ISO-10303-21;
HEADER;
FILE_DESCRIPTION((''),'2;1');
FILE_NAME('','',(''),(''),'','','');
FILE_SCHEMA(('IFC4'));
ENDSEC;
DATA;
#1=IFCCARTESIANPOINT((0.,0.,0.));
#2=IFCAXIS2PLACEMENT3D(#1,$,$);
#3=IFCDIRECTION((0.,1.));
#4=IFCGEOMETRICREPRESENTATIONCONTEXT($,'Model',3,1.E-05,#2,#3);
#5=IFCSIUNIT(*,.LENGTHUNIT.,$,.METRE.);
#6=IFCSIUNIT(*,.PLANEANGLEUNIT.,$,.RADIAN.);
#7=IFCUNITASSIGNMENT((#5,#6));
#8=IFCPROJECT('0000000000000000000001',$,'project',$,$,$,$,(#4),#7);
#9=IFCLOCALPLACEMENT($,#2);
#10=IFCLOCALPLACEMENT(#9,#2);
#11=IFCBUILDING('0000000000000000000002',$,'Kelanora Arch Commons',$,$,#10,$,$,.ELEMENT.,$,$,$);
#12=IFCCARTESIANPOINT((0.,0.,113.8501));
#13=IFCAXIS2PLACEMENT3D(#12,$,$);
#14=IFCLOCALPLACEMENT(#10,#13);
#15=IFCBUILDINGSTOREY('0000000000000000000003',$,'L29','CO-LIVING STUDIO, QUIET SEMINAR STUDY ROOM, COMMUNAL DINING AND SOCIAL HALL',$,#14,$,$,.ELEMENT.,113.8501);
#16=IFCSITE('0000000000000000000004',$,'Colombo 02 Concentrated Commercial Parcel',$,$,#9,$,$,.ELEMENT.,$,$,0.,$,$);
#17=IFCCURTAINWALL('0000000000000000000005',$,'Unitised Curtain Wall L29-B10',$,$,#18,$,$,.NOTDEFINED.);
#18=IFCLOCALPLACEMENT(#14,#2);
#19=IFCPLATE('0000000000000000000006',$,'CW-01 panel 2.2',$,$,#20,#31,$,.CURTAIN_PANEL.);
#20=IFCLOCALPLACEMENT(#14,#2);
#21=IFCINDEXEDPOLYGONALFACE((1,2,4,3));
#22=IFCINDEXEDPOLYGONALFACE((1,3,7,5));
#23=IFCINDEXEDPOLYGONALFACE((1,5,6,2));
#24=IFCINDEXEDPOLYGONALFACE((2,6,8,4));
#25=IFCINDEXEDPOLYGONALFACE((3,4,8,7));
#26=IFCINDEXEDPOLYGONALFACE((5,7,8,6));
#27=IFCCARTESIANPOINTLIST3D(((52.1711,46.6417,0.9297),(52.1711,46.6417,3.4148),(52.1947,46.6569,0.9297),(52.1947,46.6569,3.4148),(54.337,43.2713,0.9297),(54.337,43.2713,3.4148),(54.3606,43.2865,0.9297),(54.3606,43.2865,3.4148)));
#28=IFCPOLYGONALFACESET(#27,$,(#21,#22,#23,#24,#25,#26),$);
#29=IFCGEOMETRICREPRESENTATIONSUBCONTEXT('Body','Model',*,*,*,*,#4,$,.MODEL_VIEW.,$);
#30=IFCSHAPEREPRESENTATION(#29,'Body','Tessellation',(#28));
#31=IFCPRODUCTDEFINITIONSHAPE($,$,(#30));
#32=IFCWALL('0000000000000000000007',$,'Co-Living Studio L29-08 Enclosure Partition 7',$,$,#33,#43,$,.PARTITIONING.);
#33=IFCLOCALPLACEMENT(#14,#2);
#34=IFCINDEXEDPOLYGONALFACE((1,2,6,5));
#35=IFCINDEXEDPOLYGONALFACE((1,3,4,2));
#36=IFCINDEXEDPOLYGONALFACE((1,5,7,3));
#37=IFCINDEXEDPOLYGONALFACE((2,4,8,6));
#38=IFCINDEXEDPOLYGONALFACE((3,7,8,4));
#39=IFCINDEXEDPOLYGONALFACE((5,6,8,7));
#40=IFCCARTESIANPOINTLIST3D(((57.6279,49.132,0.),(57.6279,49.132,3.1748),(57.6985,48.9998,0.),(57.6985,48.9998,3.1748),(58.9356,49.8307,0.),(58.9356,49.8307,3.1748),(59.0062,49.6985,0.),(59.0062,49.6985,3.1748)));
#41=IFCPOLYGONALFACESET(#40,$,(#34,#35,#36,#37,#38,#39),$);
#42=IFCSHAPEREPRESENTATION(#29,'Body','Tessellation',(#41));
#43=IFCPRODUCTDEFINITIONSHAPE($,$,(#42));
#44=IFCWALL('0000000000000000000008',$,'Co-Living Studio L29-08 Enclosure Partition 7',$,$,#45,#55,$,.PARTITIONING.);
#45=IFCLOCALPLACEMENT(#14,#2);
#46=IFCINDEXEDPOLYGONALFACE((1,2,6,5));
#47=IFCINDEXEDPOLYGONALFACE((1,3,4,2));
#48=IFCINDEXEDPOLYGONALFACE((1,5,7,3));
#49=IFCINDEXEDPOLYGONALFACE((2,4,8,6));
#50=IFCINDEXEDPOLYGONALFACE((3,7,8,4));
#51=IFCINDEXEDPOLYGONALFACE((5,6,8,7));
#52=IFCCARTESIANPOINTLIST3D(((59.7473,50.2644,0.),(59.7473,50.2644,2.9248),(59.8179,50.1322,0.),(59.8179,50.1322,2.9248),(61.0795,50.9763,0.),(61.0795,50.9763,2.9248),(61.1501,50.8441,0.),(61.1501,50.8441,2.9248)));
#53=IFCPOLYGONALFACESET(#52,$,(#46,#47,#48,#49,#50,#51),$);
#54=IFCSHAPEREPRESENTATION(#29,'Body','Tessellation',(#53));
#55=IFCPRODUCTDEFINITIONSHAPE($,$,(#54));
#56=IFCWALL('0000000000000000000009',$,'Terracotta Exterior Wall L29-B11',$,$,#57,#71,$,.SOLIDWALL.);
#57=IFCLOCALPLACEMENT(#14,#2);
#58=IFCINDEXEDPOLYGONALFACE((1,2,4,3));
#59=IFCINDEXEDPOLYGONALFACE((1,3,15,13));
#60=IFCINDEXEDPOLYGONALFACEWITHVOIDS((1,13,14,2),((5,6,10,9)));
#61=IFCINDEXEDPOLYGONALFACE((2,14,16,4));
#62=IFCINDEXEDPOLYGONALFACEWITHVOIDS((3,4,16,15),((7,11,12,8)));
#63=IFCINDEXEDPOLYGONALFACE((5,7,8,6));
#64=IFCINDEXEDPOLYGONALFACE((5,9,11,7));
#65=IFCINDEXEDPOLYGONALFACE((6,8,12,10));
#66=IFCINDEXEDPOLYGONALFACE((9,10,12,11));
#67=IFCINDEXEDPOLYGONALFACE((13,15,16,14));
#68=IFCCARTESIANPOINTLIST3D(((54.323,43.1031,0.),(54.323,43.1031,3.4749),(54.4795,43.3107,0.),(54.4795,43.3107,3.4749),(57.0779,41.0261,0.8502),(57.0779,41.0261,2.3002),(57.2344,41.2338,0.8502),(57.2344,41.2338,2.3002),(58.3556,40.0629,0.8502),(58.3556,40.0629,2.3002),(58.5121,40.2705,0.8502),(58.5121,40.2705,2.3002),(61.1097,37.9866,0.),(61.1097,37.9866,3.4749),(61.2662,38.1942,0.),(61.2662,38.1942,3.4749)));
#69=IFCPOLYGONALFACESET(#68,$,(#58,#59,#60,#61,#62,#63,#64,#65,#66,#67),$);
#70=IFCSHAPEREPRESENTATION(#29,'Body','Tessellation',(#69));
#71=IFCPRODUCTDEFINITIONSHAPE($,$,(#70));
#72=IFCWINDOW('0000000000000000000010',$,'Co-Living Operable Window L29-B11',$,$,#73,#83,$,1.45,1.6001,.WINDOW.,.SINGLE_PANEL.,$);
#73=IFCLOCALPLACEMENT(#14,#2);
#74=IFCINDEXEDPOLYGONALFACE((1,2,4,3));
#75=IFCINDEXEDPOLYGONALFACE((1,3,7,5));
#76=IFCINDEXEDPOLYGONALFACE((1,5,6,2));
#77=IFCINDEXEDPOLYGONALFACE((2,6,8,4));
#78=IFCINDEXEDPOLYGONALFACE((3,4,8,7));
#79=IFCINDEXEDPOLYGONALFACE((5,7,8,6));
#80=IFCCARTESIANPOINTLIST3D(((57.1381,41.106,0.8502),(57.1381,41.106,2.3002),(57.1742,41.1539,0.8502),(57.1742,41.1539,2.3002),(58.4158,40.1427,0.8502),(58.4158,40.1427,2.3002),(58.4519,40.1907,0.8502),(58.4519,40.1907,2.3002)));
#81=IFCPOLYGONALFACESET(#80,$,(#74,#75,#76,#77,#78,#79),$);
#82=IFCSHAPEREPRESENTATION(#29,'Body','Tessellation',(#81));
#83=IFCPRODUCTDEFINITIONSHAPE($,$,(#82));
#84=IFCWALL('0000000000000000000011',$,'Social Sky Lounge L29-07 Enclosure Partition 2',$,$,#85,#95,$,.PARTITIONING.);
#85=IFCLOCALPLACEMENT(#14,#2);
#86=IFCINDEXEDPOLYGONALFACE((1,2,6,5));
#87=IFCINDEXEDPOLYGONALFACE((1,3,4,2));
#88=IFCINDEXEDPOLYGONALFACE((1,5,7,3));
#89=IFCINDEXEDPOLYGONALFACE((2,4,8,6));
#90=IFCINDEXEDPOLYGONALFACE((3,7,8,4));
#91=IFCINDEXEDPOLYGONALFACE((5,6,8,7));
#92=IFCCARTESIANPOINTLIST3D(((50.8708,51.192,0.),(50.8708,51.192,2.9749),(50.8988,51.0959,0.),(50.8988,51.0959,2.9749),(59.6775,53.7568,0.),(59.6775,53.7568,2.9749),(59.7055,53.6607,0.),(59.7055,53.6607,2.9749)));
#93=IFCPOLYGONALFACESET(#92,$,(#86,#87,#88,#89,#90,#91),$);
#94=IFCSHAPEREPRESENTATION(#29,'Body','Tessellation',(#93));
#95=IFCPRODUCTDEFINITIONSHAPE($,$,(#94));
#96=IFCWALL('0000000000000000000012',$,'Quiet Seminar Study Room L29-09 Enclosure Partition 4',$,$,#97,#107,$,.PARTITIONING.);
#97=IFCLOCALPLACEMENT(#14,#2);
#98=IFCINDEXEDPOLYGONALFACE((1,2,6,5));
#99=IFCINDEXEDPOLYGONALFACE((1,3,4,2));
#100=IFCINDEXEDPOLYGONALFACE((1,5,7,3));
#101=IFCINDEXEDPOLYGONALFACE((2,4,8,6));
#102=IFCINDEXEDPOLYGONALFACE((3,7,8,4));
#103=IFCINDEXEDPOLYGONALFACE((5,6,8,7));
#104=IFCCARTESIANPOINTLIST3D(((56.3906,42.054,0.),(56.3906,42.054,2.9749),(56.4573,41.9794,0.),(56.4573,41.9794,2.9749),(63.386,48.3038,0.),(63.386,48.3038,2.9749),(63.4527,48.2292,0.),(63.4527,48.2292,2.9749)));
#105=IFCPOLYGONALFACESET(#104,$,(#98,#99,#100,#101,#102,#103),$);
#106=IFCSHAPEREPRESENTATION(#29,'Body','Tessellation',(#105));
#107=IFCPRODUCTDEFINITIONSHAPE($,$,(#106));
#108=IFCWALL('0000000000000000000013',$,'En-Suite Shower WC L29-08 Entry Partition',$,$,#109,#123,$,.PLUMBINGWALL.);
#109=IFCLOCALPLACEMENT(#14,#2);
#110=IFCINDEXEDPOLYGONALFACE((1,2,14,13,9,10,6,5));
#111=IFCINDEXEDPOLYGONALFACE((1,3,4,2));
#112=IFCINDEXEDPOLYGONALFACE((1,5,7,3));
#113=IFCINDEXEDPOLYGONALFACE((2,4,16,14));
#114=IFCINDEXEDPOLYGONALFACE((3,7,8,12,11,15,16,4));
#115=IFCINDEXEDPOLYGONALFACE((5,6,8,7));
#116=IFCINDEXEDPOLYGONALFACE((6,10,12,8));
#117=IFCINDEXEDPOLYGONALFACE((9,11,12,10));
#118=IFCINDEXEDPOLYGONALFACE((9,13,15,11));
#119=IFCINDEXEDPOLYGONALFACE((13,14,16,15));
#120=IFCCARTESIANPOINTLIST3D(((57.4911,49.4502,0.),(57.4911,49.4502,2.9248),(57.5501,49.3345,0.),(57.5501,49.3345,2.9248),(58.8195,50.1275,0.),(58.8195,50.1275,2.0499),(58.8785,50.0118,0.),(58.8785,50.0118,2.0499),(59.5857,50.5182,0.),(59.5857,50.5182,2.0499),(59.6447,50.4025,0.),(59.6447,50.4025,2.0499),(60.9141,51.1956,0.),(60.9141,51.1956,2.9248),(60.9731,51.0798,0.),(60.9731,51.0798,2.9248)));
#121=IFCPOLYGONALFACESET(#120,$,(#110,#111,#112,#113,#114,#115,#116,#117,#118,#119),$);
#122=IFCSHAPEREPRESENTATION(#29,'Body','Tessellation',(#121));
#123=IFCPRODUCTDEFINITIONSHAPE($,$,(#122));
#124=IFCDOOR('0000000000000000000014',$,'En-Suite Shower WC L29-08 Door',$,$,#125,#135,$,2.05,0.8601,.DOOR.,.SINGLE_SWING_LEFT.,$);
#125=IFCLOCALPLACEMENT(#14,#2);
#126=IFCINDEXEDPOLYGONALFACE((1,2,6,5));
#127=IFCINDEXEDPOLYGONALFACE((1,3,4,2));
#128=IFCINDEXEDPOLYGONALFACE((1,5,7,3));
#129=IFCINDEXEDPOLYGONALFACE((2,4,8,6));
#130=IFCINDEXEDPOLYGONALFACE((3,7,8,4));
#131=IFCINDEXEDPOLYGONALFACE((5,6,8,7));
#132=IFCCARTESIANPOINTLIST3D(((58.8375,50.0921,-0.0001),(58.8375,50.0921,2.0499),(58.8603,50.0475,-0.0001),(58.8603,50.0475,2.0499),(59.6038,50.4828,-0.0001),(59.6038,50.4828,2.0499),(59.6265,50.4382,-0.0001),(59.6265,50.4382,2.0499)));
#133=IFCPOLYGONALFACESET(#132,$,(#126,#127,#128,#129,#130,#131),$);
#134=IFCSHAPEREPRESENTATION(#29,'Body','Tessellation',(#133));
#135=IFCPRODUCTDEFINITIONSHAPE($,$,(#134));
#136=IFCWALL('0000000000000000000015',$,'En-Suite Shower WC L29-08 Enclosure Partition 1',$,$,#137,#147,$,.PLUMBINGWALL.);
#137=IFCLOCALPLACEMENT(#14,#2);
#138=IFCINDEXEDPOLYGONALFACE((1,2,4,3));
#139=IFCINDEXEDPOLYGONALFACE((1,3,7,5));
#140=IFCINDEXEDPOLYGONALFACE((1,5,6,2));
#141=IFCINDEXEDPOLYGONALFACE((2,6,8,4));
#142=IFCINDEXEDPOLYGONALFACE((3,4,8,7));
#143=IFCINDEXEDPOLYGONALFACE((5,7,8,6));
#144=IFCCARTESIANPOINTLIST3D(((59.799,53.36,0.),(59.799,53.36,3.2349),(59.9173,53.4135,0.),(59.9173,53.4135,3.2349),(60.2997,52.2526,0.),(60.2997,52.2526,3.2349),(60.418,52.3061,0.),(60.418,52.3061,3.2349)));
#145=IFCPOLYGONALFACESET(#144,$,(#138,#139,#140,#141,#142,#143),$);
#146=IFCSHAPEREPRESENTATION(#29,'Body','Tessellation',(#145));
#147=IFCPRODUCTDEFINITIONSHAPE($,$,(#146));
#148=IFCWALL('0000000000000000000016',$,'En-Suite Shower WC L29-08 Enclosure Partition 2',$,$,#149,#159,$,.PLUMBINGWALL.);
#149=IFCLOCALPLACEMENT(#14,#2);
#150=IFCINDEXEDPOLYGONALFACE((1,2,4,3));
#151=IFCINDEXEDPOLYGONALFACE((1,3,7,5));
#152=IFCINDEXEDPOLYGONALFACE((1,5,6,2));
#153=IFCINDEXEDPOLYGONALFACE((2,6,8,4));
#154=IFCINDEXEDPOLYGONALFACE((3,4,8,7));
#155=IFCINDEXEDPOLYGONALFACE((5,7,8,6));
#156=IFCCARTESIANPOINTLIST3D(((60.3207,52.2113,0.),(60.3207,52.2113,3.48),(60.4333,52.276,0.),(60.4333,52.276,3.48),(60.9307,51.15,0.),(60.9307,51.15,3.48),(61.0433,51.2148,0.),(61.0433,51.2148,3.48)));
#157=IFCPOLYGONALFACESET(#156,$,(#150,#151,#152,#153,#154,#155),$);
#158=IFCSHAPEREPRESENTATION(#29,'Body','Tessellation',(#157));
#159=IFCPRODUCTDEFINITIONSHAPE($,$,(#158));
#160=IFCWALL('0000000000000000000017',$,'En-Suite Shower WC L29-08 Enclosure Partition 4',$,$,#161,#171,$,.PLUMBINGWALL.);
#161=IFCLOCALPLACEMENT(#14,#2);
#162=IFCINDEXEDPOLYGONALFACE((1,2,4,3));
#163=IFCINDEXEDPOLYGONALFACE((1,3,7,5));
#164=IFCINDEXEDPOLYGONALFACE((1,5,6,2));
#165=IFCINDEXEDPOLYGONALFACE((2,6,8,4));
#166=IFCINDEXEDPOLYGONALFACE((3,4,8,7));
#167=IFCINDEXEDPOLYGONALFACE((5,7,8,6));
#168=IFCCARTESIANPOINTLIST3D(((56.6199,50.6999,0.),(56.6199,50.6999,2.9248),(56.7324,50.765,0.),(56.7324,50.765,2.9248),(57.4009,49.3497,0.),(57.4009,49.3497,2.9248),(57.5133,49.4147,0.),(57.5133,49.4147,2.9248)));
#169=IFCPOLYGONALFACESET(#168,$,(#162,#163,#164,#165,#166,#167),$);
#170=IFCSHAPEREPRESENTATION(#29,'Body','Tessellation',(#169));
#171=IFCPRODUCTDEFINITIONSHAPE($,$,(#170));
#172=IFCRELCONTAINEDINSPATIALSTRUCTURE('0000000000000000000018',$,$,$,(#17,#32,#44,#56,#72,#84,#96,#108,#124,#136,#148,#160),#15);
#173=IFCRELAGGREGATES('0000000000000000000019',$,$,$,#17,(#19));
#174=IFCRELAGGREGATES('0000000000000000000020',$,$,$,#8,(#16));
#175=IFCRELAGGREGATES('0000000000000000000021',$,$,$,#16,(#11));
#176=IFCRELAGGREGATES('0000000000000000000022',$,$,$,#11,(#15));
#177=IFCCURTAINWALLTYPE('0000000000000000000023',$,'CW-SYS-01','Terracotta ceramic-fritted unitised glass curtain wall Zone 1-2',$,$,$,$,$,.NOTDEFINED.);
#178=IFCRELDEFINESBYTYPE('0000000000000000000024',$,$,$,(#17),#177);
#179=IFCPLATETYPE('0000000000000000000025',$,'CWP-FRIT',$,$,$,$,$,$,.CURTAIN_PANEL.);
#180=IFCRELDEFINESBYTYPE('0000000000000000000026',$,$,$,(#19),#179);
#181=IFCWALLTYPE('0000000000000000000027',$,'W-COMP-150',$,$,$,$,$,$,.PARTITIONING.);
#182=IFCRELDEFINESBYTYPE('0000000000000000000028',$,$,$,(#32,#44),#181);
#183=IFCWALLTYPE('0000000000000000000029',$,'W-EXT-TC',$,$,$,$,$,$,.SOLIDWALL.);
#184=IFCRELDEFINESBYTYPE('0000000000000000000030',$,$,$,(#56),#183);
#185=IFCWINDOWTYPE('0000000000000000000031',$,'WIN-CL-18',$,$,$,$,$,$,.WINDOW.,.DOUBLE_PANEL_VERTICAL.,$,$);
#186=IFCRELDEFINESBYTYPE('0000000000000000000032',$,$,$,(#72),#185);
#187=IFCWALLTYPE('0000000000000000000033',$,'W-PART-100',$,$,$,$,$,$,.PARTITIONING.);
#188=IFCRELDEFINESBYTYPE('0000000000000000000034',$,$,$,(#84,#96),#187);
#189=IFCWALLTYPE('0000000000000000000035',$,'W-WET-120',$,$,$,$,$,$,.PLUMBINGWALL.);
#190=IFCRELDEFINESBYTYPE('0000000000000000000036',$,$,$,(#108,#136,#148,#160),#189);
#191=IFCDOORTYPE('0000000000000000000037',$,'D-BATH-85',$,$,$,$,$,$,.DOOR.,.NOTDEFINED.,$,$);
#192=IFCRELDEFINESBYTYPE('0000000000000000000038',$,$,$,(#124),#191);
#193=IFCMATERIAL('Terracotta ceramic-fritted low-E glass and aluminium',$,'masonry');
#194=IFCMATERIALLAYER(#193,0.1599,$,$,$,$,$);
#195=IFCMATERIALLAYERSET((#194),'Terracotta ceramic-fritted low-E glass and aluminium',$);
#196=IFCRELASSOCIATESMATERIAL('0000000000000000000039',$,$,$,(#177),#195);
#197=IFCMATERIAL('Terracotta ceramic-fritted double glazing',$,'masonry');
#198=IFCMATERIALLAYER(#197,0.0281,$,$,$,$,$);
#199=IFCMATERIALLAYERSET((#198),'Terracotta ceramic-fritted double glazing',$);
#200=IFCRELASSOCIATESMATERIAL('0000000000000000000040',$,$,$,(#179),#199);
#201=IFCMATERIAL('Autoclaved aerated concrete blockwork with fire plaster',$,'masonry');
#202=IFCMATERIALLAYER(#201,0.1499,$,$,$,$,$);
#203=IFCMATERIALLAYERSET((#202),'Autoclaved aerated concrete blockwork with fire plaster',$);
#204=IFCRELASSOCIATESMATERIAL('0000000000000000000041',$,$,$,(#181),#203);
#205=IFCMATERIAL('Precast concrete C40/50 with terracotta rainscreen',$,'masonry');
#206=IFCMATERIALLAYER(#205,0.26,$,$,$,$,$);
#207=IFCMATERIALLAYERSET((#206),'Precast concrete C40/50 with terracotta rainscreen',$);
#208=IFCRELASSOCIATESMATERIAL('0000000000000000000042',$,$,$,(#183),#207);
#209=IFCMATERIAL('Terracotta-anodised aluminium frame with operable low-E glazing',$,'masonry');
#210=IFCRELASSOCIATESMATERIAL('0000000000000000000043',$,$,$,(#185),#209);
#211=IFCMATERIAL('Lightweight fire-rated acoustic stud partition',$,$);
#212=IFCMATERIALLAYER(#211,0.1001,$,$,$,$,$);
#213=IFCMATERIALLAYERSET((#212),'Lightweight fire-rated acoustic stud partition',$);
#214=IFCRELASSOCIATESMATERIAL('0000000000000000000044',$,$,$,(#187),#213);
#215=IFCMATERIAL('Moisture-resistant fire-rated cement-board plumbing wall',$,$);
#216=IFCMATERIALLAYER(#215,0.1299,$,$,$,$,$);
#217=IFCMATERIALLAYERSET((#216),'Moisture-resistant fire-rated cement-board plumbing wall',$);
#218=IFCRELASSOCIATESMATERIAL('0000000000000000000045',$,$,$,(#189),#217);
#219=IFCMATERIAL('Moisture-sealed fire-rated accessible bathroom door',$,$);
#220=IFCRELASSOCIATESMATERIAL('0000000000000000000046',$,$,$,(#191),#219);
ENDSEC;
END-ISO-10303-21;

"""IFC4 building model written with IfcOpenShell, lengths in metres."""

from ifc_helpers import new_model, si_unit, direction, frame, frame_2d, origin, origin_2d, place, context, subcontext, project, spatial, rectangle, extrude, source, transform, mapped, material, layer, layer_set, type_object, element, fill, aggregate, save


model = new_model("IFC4")

# Units and contexts
model_context = context("Model", 3, precision=1e-05, world=origin(), true_north=direction((0.0, 1.0)))
body_context = subcontext(model_context, "Body", "Model", "MODEL_VIEW")
ifc_project = project(units=[si_unit("LENGTHUNIT", "METRE"), si_unit("PLANEANGLEUNIT", "RADIAN")], contexts=[model_context])

# Site, building, storey
site_placement = place(None, origin())
site = spatial("IfcSite", under=ifc_project, at=site_placement, Name="Colombo 02 Concentrated Commercial Parcel", CompositionType="ELEMENT", RefElevation=0.0)
building_placement = place(site_placement, origin())
building = spatial("IfcBuilding", under=site, at=building_placement, Name="Kelanora Arch Commons", CompositionType="ELEMENT")
storey_placement = place(building_placement, frame((0.0, 0.0, 113.8501)))
storey = spatial("IfcBuildingStorey", under=building, at=storey_placement, Name="L29", Description="CO-LIVING STUDIO, QUIET SEMINAR STUDY ROOM, COMMUNAL DINING AND SOCIAL HALL", CompositionType="ELEMENT", Elevation=113.8501)

# Curtain wall, plate
ifc_material_1 = material(Name="Terracotta ceramic-fritted low-E glass and aluminium", Category="masonry")
ifc_layer_1 = layer(ifc_material_1, 0.1599)
ifc_layer_set_1 = layer_set([ifc_layer_1], Name="Terracotta ceramic-fritted low-E glass and aluminium")
curtain_wall_type = type_object("IfcCurtainWallType", Name="CW-SYS-01", Description="Terracotta ceramic-fritted unitised glass curtain wall Zone 1-2", PredefinedType="NOTDEFINED", material=ifc_layer_set_1)
curtain_wall_placement = place(storey_placement, origin())
curtain_wall = element("IfcCurtainWall", 1, at=curtain_wall_placement, inside=storey, type_object=curtain_wall_type, Name="Unitised Curtain Wall L29-B10", PredefinedType="NOTDEFINED")
ifc_material_2 = material(Name="Terracotta ceramic-fritted double glazing", Category="masonry")
ifc_layer_2 = layer(ifc_material_2, 0.0281)
ifc_layer_set_2 = layer_set([ifc_layer_2], Name="Terracotta ceramic-fritted double glazing")
plate_type = type_object("IfcPlateType", Name="CWP-FRIT", PredefinedType="CURTAIN_PANEL", material=ifc_layer_set_2)
shared_shape_1 = source(origin(), body_context, "Body", "SweptSolid", [
    extrude(rectangle(XDim=4.0063, YDim=0.0281, at=origin_2d()), origin(), (0.0, 0.0, 1.0), 2.4851),
])
plate_1_placement = place(storey_placement, frame((53.2659, 44.9641, 0.9297), z_axis=(0.0, 0.0, 1.0), x_axis=(0.540617, -0.841269, 0.0)))
plate_1 = element("IfcPlate", 2, at=plate_1_placement, type_object=plate_type, Name="CW-01 panel 2.2", PredefinedType="CURTAIN_PANEL", context=body_context, shape_type="MappedRepresentation", body=[
    mapped(shared_shape_1, transform((0.0, 0.0, 0.0), scale=1.0)),
])
aggregate(curtain_wall, [plate_1])

# Walls
ifc_material_3 = material(Name="Autoclaved aerated concrete blockwork with fire plaster", Category="masonry")
ifc_layer_3 = layer(ifc_material_3, 0.1499)
ifc_layer_set_3 = layer_set([ifc_layer_3], Name="Autoclaved aerated concrete blockwork with fire plaster")
wall_type_1 = type_object("IfcWallType", Name="W-COMP-150", PredefinedType="PARTITIONING", material=ifc_layer_set_3)
wall_1_placement = place(storey_placement, frame((57.6633, 49.0659, 0.0), z_axis=(0.0, 0.0, 1.0), x_axis=(0.881979, 0.471289, 0.0)))
element("IfcWall", 3, at=wall_1_placement, inside=storey, type_object=wall_type_1, Name="Co-Living Studio L29-08 Enclosure Partition 7", PredefinedType="PARTITIONING", context=body_context, shape_type="SweptSolid", body=[
    extrude(rectangle(XDim=1.4827, YDim=0.1499, at=frame_2d((0.7412, 0.0))), origin(), (0.0, 0.0, 1.0), 3.1748),
])
wall_2_placement = place(storey_placement, frame((59.7825, 50.1982, 0.0), z_axis=(0.0, 0.0, 1.0), x_axis=(0.881977, 0.471293, 0.0)))
element("IfcWall", 4, at=wall_2_placement, inside=storey, type_object=wall_type_1, Name="Co-Living Studio L29-08 Enclosure Partition 7", PredefinedType="PARTITIONING", context=body_context, shape_type="SweptSolid", body=[
    extrude(rectangle(XDim=1.5105, YDim=0.1499, at=frame_2d((0.7554, 0.0))), origin(), (0.0, 0.0, 1.0), 2.9248),
])

# Wall, opening, window
ifc_material_4 = material(Name="Precast concrete C40/50 with terracotta rainscreen", Category="masonry")
ifc_layer_4 = layer(ifc_material_4, 0.26)
ifc_layer_set_4 = layer_set([ifc_layer_4], Name="Precast concrete C40/50 with terracotta rainscreen")
wall_type_2 = type_object("IfcWallType", Name="W-EXT-TC", PredefinedType="SOLIDWALL", material=ifc_layer_set_4)
wall_3_placement = place(storey_placement, frame((54.4014, 43.2068, 0.0), z_axis=(0.0, 0.0, 1.0), x_axis=(0.798502, -0.601993, 0.0)))
wall_3 = element("IfcWall", 5, at=wall_3_placement, inside=storey, type_object=wall_type_2, Name="Terracotta Exterior Wall L29-B11", PredefinedType="SOLIDWALL", context=body_context, shape_type="SweptSolid", body=[
    extrude(rectangle(XDim=8.4993, YDim=0.26, at=frame_2d((4.2495, 0.0))), origin(), (0.0, 0.0, 1.0), 3.4749),
])
opening_1_placement = place(wall_3_placement, frame((3.45, 0.0, 0.8501)))
opening_1 = element("IfcOpeningElement", 6, at=opening_1_placement, cuts=wall_3, PredefinedType="OPENING", context=body_context, shape_type="SweptSolid", body=[
    extrude(rectangle(XDim=1.6001, YDim=1.45, at=frame_2d((0.8, 0.7251))), frame((0.0, 0.1401, 0.0), z_axis=(0.0, -1.0, 0.0), x_axis=(1.0, 0.0, 0.0)), (0.0, 0.0, 1.0), 0.28),
])
ifc_material_5 = material(Name="Terracotta-anodised aluminium frame with operable low-E glazing", Category="masonry")
window_type = type_object("IfcWindowType", Name="WIN-CL-18", PartitioningType="DOUBLE_PANEL_VERTICAL", PredefinedType="WINDOW", material=ifc_material_5)
window_placement = place(opening_1_placement, origin())
window = element("IfcWindow", 7, at=window_placement, inside=storey, type_object=window_type, Name="Co-Living Operable Window L29-B11", OverallHeight=1.45, OverallWidth=1.6001, PartitioningType="SINGLE_PANEL", PredefinedType="WINDOW", context=body_context, shape_type="SweptSolid", body=[
    extrude(rectangle(XDim=1.6001, YDim=1.45, at=frame_2d((0.8, 0.7251))), frame((0.0, 0.03, 0.0), z_axis=(0.0, -1.0, 0.0), x_axis=(1.0, 0.0, 0.0)), (0.0, 0.0, 1.0), 0.0601),
])
fill(opening_1, window)

# Walls
ifc_material_6 = material(Name="Lightweight fire-rated acoustic stud partition")
ifc_layer_5 = layer(ifc_material_6, 0.1001)
ifc_layer_set_5 = layer_set([ifc_layer_5], Name="Lightweight fire-rated acoustic stud partition")
wall_type_3 = type_object("IfcWallType", Name="W-PART-100", PredefinedType="PARTITIONING", material=ifc_layer_set_5)
wall_4_placement = place(storey_placement, frame((59.6917, 53.7087, 0.0), z_axis=(0.0, 0.0, 1.0), x_axis=(-0.960114, -0.279607, 0.0)))
element("IfcWall", 8, at=wall_4_placement, inside=storey, type_object=wall_type_3, Name="Social Sky Lounge L29-07 Enclosure Partition 2", PredefinedType="PARTITIONING", context=body_context, shape_type="SweptSolid", body=[
    extrude(rectangle(XDim=9.1726, YDim=0.1001, at=frame_2d((4.5864, 0.0))), origin(), (0.0, 0.0, 1.0), 2.9749),
])
wall_5_placement = place(storey_placement, frame((56.4238, 42.0166, 0.0), z_axis=(0.0, 0.0, 1.0), x_axis=(0.745731, 0.666247, 0.0)))
element("IfcWall", 9, at=wall_5_placement, inside=storey, type_object=wall_type_3, Name="Quiet Seminar Study Room L29-09 Enclosure Partition 4", PredefinedType="PARTITIONING", context=body_context, shape_type="SweptSolid", body=[
    extrude(rectangle(XDim=9.3806, YDim=0.1001, at=frame_2d((4.6904, 0.0))), origin(), (0.0, 0.0, 1.0), 2.9749),
])

# Wall, opening, door
ifc_material_7 = material(Name="Moisture-resistant fire-rated cement-board plumbing wall")
ifc_layer_6 = layer(ifc_material_7, 0.1299)
ifc_layer_set_6 = layer_set([ifc_layer_6], Name="Moisture-resistant fire-rated cement-board plumbing wall")
wall_type_4 = type_object("IfcWallType", Name="W-WET-120", PredefinedType="PLUMBINGWALL", material=ifc_layer_set_6)
wall_6_placement = place(storey_placement, frame((60.9436, 51.1377, 0.0), z_axis=(0.0, 0.0, 1.0), x_axis=(-0.890879, -0.45424, 0.0)))
wall_6 = element("IfcWall", 10, at=wall_6_placement, inside=storey, type_object=wall_type_4, Name="En-Suite Shower WC L29-08 Entry Partition", PredefinedType="PLUMBINGWALL", context=body_context, shape_type="SweptSolid", body=[
    extrude(rectangle(XDim=3.8423, YDim=0.1299, at=frame_2d((1.9211, 0.0))), origin(), (0.0, 0.0, 1.0), 2.9248),
])
opening_2_placement = place(wall_6_placement, frame((1.491, 0.0, 0.0)))
opening_2 = element("IfcOpeningElement", 11, at=opening_2_placement, cuts=wall_6, PredefinedType="OPENING", context=body_context, shape_type="SweptSolid", body=[
    extrude(rectangle(XDim=0.8601, YDim=2.05, at=frame_2d((0.4302, 1.0249))), frame((0.0, 0.075, 0.0), z_axis=(0.0, -1.0, 0.0), x_axis=(1.0, 0.0, 0.0)), (0.0, 0.0, 1.0), 0.1499),
])
ifc_material_8 = material(Name="Moisture-sealed fire-rated accessible bathroom door")
door_type = type_object("IfcDoorType", Name="D-BATH-85", OperationType="NOTDEFINED", PredefinedType="DOOR", material=ifc_material_8)
door_placement = place(opening_2_placement, origin())
door = element("IfcDoor", 12, at=door_placement, inside=storey, type_object=door_type, Name="En-Suite Shower WC L29-08 Door", OperationType="SINGLE_SWING_LEFT", OverallHeight=2.05, OverallWidth=0.8601, PredefinedType="DOOR", context=body_context, shape_type="SweptSolid", body=[
    extrude(rectangle(XDim=0.8601, YDim=2.05, at=frame_2d((0.4302, 1.0249))), frame((0.0, 0.0249, 0.0), z_axis=(0.0, -1.0, 0.0), x_axis=(1.0, 0.0, 0.0)), (0.0, 0.0, 1.0), 0.05),
])
fill(opening_2, door)

# Walls
wall_7_placement = place(storey_placement, frame((59.8582, 53.3867, 0.0), z_axis=(0.0, 0.0, 1.0), x_axis=(0.412001, -0.911183, 0.0)))
element("IfcWall", 13, at=wall_7_placement, inside=storey, type_object=wall_type_4, Name="En-Suite Shower WC L29-08 Enclosure Partition 1", PredefinedType="PLUMBINGWALL", context=body_context, shape_type="SweptSolid", body=[
    extrude(rectangle(XDim=1.2153, YDim=0.1299, at=frame_2d((0.6077, 0.0))), origin(), (0.0, 0.0, 1.0), 3.2349),
])
wall_8_placement = place(storey_placement, frame((60.377, 52.2437, 0.0), z_axis=(0.0, 0.0, 1.0), x_axis=(0.498392, -0.866952, 0.0)))
element("IfcWall", 14, at=wall_8_placement, inside=storey, type_object=wall_type_4, Name="En-Suite Shower WC L29-08 Enclosure Partition 2", PredefinedType="PLUMBINGWALL", context=body_context, shape_type="SweptSolid", body=[
    extrude(rectangle(XDim=1.2241, YDim=0.1299, at=frame_2d((0.6121, 0.0))), origin(), (0.0, 0.0, 1.0), 3.48),
])
wall_9_placement = place(storey_placement, frame((57.457, 49.3823, 0.0), z_axis=(0.0, 0.0, 1.0), x_axis=(-0.500666, 0.865641, 0.0)))
element("IfcWall", 15, at=wall_9_placement, inside=storey, type_object=wall_type_4, Name="En-Suite Shower WC L29-08 Enclosure Partition 4", PredefinedType="PLUMBINGWALL", context=body_context, shape_type="SweptSolid", body=[
    extrude(rectangle(XDim=1.5598, YDim=0.1299, at=frame_2d((0.7798, 0.0))), origin(), (0.0, 0.0, 1.0), 2.9248),
])

save(model, "model.ifc")
